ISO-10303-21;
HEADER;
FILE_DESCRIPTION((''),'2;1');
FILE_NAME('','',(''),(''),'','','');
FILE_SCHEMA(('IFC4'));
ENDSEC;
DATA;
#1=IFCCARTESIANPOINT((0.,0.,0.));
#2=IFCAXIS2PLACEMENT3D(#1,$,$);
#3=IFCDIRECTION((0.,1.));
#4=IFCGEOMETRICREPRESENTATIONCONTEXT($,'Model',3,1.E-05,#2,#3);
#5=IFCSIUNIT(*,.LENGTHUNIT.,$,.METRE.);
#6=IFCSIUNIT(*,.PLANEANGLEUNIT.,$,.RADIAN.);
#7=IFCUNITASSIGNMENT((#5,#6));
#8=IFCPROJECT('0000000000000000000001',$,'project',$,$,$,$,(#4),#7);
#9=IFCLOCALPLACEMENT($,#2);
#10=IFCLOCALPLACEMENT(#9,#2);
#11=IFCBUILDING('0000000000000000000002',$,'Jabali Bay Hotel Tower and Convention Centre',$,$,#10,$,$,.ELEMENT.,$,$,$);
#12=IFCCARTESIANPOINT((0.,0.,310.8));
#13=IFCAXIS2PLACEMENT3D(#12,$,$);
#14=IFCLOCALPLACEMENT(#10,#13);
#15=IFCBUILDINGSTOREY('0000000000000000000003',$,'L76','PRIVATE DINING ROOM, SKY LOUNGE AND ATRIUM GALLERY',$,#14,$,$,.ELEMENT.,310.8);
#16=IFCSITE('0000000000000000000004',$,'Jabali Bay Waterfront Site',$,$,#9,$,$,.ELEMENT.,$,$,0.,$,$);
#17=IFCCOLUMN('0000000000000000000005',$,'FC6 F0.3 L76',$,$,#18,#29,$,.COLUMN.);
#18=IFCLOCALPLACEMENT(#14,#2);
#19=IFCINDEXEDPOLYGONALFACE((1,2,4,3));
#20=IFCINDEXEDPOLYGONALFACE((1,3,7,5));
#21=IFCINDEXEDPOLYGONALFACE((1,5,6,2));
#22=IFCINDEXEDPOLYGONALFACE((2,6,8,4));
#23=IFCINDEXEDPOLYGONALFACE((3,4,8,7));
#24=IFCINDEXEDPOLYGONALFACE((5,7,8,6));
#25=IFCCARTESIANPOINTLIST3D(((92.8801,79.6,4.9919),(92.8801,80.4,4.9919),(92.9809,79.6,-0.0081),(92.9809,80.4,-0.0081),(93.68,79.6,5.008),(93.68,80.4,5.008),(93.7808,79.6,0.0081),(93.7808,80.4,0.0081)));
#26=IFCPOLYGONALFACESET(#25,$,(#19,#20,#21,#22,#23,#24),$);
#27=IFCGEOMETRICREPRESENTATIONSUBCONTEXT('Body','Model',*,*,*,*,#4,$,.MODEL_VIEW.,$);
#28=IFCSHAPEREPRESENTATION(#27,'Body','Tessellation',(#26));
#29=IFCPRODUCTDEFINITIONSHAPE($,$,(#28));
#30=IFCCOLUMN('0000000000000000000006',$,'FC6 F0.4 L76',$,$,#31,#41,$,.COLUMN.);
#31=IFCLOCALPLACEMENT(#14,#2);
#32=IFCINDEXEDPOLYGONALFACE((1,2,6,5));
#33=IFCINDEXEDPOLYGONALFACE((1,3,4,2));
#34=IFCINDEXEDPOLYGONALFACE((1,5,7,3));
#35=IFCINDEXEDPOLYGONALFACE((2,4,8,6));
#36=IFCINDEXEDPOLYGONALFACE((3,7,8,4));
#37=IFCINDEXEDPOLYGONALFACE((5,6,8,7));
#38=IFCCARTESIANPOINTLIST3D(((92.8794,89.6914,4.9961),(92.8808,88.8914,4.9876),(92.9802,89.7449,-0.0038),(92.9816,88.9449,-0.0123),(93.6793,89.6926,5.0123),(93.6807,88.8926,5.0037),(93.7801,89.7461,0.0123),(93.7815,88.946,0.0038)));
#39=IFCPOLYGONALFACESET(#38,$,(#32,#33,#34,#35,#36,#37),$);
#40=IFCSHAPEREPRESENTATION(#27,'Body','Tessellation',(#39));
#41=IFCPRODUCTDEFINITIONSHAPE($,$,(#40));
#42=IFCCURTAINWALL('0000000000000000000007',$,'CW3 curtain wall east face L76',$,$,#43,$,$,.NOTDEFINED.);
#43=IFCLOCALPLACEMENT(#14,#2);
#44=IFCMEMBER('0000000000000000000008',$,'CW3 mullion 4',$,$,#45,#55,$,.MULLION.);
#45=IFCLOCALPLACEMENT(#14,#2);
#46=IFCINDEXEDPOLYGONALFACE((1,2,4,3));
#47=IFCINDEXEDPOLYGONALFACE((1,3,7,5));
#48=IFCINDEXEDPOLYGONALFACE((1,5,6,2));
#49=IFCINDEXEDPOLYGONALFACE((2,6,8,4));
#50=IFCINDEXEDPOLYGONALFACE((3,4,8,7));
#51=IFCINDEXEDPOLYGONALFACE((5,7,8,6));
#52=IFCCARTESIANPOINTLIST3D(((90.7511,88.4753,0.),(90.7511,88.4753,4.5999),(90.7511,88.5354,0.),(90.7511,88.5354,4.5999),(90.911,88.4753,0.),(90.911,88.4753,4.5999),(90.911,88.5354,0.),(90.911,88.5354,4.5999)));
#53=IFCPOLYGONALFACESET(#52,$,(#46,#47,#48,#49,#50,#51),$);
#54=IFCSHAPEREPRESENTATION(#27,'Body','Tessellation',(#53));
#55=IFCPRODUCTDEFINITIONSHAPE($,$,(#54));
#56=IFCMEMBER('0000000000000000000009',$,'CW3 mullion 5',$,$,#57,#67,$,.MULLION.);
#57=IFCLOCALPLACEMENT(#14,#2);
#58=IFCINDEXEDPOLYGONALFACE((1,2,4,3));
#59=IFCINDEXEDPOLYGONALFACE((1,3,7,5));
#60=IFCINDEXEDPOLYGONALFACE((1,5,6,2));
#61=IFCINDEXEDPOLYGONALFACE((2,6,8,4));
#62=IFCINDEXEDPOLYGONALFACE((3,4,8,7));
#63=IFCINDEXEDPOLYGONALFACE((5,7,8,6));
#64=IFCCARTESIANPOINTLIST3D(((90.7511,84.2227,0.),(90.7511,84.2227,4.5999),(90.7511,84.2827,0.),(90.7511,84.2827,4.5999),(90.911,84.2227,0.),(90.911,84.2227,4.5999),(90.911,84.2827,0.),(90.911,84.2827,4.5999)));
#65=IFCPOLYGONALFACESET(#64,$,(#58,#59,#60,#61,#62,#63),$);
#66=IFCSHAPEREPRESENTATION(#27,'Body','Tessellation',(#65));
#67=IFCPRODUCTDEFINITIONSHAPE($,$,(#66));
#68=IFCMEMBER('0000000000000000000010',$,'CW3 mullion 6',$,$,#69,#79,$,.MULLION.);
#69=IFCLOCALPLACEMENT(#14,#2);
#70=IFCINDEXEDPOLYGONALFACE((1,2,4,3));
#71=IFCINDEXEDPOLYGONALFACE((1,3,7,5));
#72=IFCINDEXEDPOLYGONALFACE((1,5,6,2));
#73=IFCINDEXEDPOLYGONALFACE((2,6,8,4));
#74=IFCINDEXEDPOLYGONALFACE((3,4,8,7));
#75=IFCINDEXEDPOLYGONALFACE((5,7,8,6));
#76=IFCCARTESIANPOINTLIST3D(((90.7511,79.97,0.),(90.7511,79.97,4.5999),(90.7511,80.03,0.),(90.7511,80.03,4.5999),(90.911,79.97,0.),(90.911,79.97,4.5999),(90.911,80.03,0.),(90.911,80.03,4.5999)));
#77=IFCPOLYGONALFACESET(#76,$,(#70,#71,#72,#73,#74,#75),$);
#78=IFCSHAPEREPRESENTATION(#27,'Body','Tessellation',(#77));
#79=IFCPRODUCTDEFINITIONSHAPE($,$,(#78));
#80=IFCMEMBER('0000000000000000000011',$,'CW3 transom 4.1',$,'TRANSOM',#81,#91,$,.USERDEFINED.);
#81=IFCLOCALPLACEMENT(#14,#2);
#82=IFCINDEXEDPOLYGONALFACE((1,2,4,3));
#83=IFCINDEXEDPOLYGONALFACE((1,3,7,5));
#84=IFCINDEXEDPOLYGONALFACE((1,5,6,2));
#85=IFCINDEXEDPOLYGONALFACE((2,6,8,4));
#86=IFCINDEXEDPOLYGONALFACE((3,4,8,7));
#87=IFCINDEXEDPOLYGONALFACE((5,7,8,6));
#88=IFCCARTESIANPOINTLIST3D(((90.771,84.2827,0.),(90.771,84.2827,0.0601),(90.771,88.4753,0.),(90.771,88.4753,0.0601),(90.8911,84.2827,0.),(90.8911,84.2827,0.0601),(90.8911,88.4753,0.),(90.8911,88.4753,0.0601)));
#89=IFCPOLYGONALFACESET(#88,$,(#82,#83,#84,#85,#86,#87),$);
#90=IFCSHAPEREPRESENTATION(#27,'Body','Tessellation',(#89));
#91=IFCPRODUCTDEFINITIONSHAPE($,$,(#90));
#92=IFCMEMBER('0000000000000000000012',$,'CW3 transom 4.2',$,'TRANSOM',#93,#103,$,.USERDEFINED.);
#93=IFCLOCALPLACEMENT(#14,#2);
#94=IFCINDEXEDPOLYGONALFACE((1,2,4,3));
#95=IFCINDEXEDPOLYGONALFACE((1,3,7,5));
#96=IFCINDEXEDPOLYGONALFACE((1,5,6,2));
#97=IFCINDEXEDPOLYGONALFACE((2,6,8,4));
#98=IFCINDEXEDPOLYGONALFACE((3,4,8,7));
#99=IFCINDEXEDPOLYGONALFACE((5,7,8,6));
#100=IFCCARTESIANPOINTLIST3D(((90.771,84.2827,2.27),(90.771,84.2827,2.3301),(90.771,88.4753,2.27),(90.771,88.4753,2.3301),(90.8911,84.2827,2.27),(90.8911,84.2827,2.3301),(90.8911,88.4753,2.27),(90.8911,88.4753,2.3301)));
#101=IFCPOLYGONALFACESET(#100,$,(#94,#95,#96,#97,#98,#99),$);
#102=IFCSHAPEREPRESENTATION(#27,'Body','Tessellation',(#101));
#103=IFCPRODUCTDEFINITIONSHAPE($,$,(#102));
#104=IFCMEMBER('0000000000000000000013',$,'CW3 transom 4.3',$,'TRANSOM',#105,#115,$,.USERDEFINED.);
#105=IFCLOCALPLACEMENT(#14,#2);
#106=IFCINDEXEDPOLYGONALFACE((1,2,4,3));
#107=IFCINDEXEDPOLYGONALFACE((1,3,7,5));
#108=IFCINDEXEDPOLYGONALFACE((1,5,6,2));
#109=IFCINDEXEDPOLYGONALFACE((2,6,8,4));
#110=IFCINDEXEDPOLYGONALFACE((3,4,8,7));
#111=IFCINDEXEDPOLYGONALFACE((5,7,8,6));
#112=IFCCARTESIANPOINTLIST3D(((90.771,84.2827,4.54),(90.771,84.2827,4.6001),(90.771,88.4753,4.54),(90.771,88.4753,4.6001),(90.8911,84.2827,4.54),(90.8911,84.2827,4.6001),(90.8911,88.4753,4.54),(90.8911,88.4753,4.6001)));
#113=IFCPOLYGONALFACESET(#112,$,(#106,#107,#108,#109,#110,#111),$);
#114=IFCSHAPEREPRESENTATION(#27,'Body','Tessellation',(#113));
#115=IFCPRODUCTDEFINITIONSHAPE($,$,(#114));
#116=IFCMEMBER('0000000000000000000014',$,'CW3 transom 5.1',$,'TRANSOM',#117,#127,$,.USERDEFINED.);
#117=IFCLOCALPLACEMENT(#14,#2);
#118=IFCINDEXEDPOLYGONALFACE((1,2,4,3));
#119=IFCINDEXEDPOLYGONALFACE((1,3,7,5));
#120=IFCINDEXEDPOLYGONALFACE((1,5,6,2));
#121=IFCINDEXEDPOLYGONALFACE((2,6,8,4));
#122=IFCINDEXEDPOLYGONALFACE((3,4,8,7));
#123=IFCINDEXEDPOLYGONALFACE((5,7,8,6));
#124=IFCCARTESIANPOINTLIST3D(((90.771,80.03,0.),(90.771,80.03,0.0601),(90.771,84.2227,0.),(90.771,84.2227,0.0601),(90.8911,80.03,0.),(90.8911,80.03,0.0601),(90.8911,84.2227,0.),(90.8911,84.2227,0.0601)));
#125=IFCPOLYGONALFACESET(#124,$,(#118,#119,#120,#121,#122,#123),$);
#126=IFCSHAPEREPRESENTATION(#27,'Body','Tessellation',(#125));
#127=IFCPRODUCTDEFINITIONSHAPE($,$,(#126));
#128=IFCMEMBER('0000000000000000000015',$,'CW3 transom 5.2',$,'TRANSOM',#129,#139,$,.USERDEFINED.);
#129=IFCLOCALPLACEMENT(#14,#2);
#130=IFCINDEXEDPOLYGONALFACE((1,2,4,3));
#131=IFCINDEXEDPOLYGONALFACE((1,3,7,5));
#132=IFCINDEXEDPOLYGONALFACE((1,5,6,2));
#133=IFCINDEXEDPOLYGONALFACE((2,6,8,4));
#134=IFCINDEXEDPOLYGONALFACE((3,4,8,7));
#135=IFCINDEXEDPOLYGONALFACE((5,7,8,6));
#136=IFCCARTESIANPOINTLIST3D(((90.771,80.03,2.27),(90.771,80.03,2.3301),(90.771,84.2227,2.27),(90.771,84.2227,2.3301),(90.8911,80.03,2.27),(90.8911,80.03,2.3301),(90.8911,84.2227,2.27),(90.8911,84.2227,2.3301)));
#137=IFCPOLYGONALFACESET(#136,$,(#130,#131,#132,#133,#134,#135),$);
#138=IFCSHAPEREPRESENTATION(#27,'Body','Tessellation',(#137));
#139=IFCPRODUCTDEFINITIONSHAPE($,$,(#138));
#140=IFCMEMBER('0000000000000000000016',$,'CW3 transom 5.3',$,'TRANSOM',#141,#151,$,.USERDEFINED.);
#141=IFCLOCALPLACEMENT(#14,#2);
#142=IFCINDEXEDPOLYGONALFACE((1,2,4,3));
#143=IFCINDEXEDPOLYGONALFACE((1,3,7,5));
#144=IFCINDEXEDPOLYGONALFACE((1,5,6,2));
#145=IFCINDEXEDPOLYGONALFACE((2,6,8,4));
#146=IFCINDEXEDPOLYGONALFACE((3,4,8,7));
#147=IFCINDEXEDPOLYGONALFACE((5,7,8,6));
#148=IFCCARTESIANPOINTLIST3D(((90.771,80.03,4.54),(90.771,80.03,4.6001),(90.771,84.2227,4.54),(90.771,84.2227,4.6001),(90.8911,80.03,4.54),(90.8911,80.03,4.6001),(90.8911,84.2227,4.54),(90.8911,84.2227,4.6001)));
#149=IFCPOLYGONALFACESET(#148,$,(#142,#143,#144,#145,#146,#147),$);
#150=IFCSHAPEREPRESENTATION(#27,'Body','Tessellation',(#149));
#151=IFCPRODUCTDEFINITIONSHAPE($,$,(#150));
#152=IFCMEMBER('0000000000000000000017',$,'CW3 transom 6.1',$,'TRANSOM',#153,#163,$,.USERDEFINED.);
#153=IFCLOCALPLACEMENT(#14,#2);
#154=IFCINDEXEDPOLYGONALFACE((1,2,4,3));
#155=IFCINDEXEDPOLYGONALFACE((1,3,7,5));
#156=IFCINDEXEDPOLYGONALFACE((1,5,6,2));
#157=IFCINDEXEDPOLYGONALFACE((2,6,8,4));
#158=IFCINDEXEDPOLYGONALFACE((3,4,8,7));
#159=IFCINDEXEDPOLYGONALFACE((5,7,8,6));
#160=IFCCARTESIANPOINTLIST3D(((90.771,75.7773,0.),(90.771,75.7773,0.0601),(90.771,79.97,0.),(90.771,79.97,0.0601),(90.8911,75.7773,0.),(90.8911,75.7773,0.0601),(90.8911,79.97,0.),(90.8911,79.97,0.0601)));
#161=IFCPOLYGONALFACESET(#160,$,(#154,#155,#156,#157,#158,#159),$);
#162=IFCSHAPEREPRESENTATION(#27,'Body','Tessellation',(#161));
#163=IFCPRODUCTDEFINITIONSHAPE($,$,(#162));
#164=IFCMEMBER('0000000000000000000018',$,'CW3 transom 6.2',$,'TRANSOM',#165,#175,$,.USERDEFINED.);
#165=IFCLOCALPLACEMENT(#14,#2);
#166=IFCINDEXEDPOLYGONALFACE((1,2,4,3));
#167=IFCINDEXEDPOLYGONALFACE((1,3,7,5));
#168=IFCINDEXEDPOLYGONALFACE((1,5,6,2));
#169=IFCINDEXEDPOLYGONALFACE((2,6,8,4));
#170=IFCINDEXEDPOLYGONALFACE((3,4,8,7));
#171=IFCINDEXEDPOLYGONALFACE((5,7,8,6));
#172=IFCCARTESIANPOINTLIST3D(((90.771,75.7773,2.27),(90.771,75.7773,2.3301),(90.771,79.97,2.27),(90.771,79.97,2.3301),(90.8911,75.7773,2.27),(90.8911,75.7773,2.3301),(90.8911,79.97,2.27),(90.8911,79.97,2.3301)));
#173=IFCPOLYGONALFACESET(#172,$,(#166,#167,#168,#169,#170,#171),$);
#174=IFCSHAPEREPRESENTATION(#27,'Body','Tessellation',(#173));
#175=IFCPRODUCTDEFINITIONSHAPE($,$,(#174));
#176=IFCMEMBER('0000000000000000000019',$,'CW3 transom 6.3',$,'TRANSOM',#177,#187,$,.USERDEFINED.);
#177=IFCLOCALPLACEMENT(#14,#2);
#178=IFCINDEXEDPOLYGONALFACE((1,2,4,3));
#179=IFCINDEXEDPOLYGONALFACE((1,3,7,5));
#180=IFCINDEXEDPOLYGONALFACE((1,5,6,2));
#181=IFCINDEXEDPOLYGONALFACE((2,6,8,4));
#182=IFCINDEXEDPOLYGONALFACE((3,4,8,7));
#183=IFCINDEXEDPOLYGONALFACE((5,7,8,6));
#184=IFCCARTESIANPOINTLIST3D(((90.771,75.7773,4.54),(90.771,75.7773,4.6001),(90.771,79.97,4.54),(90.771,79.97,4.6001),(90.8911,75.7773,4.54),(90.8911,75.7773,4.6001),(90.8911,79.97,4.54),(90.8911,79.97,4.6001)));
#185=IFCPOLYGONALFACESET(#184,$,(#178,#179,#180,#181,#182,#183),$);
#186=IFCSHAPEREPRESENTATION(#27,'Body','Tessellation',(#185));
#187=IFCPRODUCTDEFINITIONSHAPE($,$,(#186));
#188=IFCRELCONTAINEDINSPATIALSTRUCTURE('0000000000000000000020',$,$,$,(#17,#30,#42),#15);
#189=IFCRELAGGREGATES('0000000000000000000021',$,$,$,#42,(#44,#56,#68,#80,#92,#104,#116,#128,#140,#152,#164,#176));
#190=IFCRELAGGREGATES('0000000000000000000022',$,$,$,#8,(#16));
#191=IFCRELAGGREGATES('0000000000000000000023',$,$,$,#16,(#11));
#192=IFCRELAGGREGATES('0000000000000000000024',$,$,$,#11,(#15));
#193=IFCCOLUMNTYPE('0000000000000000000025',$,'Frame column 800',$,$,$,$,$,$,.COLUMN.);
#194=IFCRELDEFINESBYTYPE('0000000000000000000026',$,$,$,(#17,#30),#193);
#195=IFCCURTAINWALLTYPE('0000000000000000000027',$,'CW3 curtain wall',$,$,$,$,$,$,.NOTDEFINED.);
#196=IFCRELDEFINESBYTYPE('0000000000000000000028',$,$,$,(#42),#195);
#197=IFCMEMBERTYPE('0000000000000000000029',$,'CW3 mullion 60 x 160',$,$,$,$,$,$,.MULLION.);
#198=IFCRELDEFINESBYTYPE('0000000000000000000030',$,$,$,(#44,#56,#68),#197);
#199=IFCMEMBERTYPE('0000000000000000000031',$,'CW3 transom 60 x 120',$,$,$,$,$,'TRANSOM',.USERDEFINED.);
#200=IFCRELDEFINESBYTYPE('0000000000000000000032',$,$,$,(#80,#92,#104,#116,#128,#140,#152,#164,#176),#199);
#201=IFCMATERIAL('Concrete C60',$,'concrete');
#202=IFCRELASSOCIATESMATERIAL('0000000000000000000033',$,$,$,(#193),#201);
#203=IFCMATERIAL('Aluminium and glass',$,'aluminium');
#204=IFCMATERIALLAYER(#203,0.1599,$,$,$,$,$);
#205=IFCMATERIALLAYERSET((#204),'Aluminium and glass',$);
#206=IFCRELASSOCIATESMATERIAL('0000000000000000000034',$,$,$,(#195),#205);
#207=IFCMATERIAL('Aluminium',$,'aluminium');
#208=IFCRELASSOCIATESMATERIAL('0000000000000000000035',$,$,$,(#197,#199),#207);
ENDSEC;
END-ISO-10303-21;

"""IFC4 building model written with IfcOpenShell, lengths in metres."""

from ifc_helpers import new_model, si_unit, direction, frame, origin, origin_2d, place, context, subcontext, project, spatial, rectangle, extrude, material, layer, layer_set, material_profile, profile_set, type_object, element, aggregate, save


model = new_model("IFC4")

# Units and contexts
model_context = context("Model", 3, precision=1e-05, world=origin(), true_north=direction((0.0, 1.0)))
body_context = subcontext(model_context, "Body", "Model", "MODEL_VIEW")
ifc_project = project(units=[si_unit("LENGTHUNIT", "METRE"), si_unit("PLANEANGLEUNIT", "RADIAN")], contexts=[model_context])

# Site, building, storey
site_placement = place(None, origin())
site = spatial("IfcSite", under=ifc_project, at=site_placement, Name="Jabali Bay Waterfront Site", CompositionType="ELEMENT", RefElevation=0.0)
building_placement = place(site_placement, origin())
building = spatial("IfcBuilding", under=site, at=building_placement, Name="Jabali Bay Hotel Tower and Convention Centre", CompositionType="ELEMENT")
storey_placement = place(building_placement, frame((0.0, 0.0, 310.8)))
storey = spatial("IfcBuildingStorey", under=building, at=storey_placement, Name="L76", Description="PRIVATE DINING ROOM, SKY LOUNGE AND ATRIUM GALLERY", CompositionType="ELEMENT", Elevation=310.8)

# Columns
ifc_material_1 = material(Name="Concrete C60", Category="concrete")
ifc_material_profile_1 = material_profile(ifc_material_1, rectangle(XDim=0.8, YDim=0.8, at=origin_2d()), Name="Frame column 800")
ifc_profile_set_1 = profile_set([ifc_material_profile_1], Name="Concrete C60")
column_type = type_object("IfcColumnType", Name="Frame column 800", PredefinedType="COLUMN", material=ifc_profile_set_1)
column_1_placement = place(storey_placement, frame((93.3809, 80.0, 0.0), z_axis=(-0.020162, 0.0, 0.999797), x_axis=(0.0, -1.0, 0.0)))
element("IfcColumn", 1, at=column_1_placement, inside=storey, type_object=column_type, Name="FC6 F0.3 L76", PredefinedType="COLUMN", context=body_context, shape_type="SweptSolid", body=[
    extrude(rectangle(XDim=0.8, YDim=0.8, at=origin_2d()), origin(), (0.0, 0.0, 1.0), 5.001),
])
column_2_placement = place(storey_placement, frame((93.3809, 89.3455, 0.0), z_axis=(-0.020161, -0.010691, 0.99974), x_axis=(0.999795, 0.001477, 0.020178)))
element("IfcColumn", 2, at=column_2_placement, inside=storey, type_object=column_type, Name="FC6 F0.4 L76", PredefinedType="COLUMN", context=body_context, shape_type="SweptSolid", body=[
    extrude(rectangle(XDim=0.8, YDim=0.8, at=origin_2d()), origin(), (0.0, 0.0, 1.0), 5.0012),
])

# Curtain wall, members
ifc_material_2 = material(Name="Aluminium and glass", Category="aluminium")
ifc_layer_1 = layer(ifc_material_2, 0.1599)
ifc_layer_set_1 = layer_set([ifc_layer_1], Name="Aluminium and glass")
curtain_wall_type = type_object("IfcCurtainWallType", Name="CW3 curtain wall", PredefinedType="NOTDEFINED", material=ifc_layer_set_1)
curtain_wall_placement = place(storey_placement, origin())
curtain_wall = element("IfcCurtainWall", 3, at=curtain_wall_placement, inside=storey, type_object=curtain_wall_type, Name="CW3 curtain wall east face L76", PredefinedType="NOTDEFINED")
ifc_material_3 = material(Name="Aluminium", Category="aluminium")
ifc_material_profile_2 = material_profile(ifc_material_3, rectangle(XDim=0.1599, YDim=0.0601, at=origin_2d()), Name="CW3 mullion 60 x 160")
ifc_profile_set_2 = profile_set([ifc_material_profile_2], Name="Aluminium")
member_type_1 = type_object("IfcMemberType", Name="CW3 mullion 60 x 160", PredefinedType="MULLION", material=ifc_profile_set_2)
member_1_placement = place(storey_placement, frame((90.8311, 88.5054, 0.0), z_axis=(0.0, 0.0, 1.0), x_axis=(1.0, 0.0, 0.0)))
member_1 = element("IfcMember", 4, at=member_1_placement, type_object=member_type_1, Name="CW3 mullion 4", PredefinedType="MULLION", context=body_context, shape_type="SweptSolid", body=[
    extrude(rectangle(XDim=0.1599, YDim=0.0601, at=origin_2d()), origin(), (0.0, 0.0, 1.0), 4.5999),
])
member_2_placement = place(storey_placement, frame((90.8311, 84.2527, 0.0), z_axis=(0.0, 0.0, 1.0), x_axis=(1.0, 0.0, 0.0)))
member_2 = element("IfcMember", 5, at=member_2_placement, type_object=member_type_1, Name="CW3 mullion 5", PredefinedType="MULLION", context=body_context, shape_type="SweptSolid", body=[
    extrude(rectangle(XDim=0.1599, YDim=0.0601, at=origin_2d()), origin(), (0.0, 0.0, 1.0), 4.5999),
])
member_3_placement = place(storey_placement, frame((90.8311, 80.0, 0.0), z_axis=(0.0, 0.0, 1.0), x_axis=(1.0, 0.0, 0.0)))
member_3 = element("IfcMember", 6, at=member_3_placement, type_object=member_type_1, Name="CW3 mullion 6", PredefinedType="MULLION", context=body_context, shape_type="SweptSolid", body=[
    extrude(rectangle(XDim=0.1599, YDim=0.0601, at=origin_2d()), origin(), (0.0, 0.0, 1.0), 4.5999),
])
ifc_material_profile_3 = material_profile(ifc_material_3, rectangle(XDim=0.1201, YDim=0.0601, at=origin_2d()), Name="CW3 transom 60 x 120")
ifc_profile_set_3 = profile_set([ifc_material_profile_3], Name="Aluminium")
member_type_2 = type_object("IfcMemberType", Name="CW3 transom 60 x 120", ElementType="TRANSOM", PredefinedType="USERDEFINED", material=ifc_profile_set_3)
member_4_placement = place(storey_placement, frame((90.8311, 88.4753, 0.03), z_axis=(0.0, -1.0, 0.0), x_axis=(1.0, 0.0, 0.0)))
member_4 = element("IfcMember", 7, at=member_4_placement, type_object=member_type_2, Name="CW3 transom 4.1", ObjectType="TRANSOM", PredefinedType="USERDEFINED", context=body_context, shape_type="SweptSolid", body=[
    extrude(rectangle(XDim=0.1201, YDim=0.0601, at=origin_2d()), origin(), (0.0, 0.0, 1.0), 4.1926),
])
member_5_placement = place(storey_placement, frame((90.8311, 88.4753, 2.3), z_axis=(0.0, -1.0, 0.0), x_axis=(1.0, 0.0, 0.0)))
member_5 = element("IfcMember", 8, at=member_5_placement, type_object=member_type_2, Name="CW3 transom 4.2", ObjectType="TRANSOM", PredefinedType="USERDEFINED", context=body_context, shape_type="SweptSolid", body=[
    extrude(rectangle(XDim=0.1201, YDim=0.0601, at=origin_2d()), origin(), (0.0, 0.0, 1.0), 4.1926),
])
member_6_placement = place(storey_placement, frame((90.8311, 88.4753, 4.5701), z_axis=(0.0, -1.0, 0.0), x_axis=(1.0, 0.0, 0.0)))
member_6 = element("IfcMember", 9, at=member_6_placement, type_object=member_type_2, Name="CW3 transom 4.3", ObjectType="TRANSOM", PredefinedType="USERDEFINED", context=body_context, shape_type="SweptSolid", body=[
    extrude(rectangle(XDim=0.1201, YDim=0.0601, at=origin_2d()), origin(), (0.0, 0.0, 1.0), 4.1926),
])
member_7_placement = place(storey_placement, frame((90.8311, 84.2227, 0.03), z_axis=(0.0, -1.0, 0.0), x_axis=(1.0, 0.0, 0.0)))
member_7 = element("IfcMember", 10, at=member_7_placement, type_object=member_type_2, Name="CW3 transom 5.1", ObjectType="TRANSOM", PredefinedType="USERDEFINED", context=body_context, shape_type="SweptSolid", body=[
    extrude(rectangle(XDim=0.1201, YDim=0.0601, at=origin_2d()), origin(), (0.0, 0.0, 1.0), 4.1926),
])
member_8_placement = place(storey_placement, frame((90.8311, 84.2227, 2.3), z_axis=(0.0, -1.0, 0.0), x_axis=(1.0, 0.0, 0.0)))
member_8 = element("IfcMember", 11, at=member_8_placement, type_object=member_type_2, Name="CW3 transom 5.2", ObjectType="TRANSOM", PredefinedType="USERDEFINED", context=body_context, shape_type="SweptSolid", body=[
    extrude(rectangle(XDim=0.1201, YDim=0.0601, at=origin_2d()), origin(), (0.0, 0.0, 1.0), 4.1926),
])
member_9_placement = place(storey_placement, frame((90.8311, 84.2227, 4.5701), z_axis=(0.0, -1.0, 0.0), x_axis=(1.0, 0.0, 0.0)))
member_9 = element("IfcMember", 12, at=member_9_placement, type_object=member_type_2, Name="CW3 transom 5.3", ObjectType="TRANSOM", PredefinedType="USERDEFINED", context=body_context, shape_type="SweptSolid", body=[
    extrude(rectangle(XDim=0.1201, YDim=0.0601, at=origin_2d()), origin(), (0.0, 0.0, 1.0), 4.1926),
])
member_10_placement = place(storey_placement, frame((90.8311, 79.97, 0.03), z_axis=(0.0, -1.0, 0.0), x_axis=(1.0, 0.0, 0.0)))
member_10 = element("IfcMember", 13, at=member_10_placement, type_object=member_type_2, Name="CW3 transom 6.1", ObjectType="TRANSOM", PredefinedType="USERDEFINED", context=body_context, shape_type="SweptSolid", body=[
    extrude(rectangle(XDim=0.1201, YDim=0.0601, at=origin_2d()), origin(), (0.0, 0.0, 1.0), 4.1926),
])
member_11_placement = place(storey_placement, frame((90.8311, 79.97, 2.3), z_axis=(0.0, -1.0, 0.0), x_axis=(1.0, 0.0, 0.0)))
member_11 = element("IfcMember", 14, at=member_11_placement, type_object=member_type_2, Name="CW3 transom 6.2", ObjectType="TRANSOM", PredefinedType="USERDEFINED", context=body_context, shape_type="SweptSolid", body=[
    extrude(rectangle(XDim=0.1201, YDim=0.0601, at=origin_2d()), origin(), (0.0, 0.0, 1.0), 4.1926),
])
member_12_placement = place(storey_placement, frame((90.8311, 79.97, 4.5701), z_axis=(0.0, -1.0, 0.0), x_axis=(1.0, 0.0, 0.0)))
member_12 = element("IfcMember", 15, at=member_12_placement, type_object=member_type_2, Name="CW3 transom 6.3", ObjectType="TRANSOM", PredefinedType="USERDEFINED", context=body_context, shape_type="SweptSolid", body=[
    extrude(rectangle(XDim=0.1201, YDim=0.0601, at=origin_2d()), origin(), (0.0, 0.0, 1.0), 4.1926),
])

aggregate(curtain_wall, [member_1, member_2, member_3, member_4, member_5, member_6, member_7, member_8, member_9, member_10, member_11, member_12])

save(model, "model.ifc")
